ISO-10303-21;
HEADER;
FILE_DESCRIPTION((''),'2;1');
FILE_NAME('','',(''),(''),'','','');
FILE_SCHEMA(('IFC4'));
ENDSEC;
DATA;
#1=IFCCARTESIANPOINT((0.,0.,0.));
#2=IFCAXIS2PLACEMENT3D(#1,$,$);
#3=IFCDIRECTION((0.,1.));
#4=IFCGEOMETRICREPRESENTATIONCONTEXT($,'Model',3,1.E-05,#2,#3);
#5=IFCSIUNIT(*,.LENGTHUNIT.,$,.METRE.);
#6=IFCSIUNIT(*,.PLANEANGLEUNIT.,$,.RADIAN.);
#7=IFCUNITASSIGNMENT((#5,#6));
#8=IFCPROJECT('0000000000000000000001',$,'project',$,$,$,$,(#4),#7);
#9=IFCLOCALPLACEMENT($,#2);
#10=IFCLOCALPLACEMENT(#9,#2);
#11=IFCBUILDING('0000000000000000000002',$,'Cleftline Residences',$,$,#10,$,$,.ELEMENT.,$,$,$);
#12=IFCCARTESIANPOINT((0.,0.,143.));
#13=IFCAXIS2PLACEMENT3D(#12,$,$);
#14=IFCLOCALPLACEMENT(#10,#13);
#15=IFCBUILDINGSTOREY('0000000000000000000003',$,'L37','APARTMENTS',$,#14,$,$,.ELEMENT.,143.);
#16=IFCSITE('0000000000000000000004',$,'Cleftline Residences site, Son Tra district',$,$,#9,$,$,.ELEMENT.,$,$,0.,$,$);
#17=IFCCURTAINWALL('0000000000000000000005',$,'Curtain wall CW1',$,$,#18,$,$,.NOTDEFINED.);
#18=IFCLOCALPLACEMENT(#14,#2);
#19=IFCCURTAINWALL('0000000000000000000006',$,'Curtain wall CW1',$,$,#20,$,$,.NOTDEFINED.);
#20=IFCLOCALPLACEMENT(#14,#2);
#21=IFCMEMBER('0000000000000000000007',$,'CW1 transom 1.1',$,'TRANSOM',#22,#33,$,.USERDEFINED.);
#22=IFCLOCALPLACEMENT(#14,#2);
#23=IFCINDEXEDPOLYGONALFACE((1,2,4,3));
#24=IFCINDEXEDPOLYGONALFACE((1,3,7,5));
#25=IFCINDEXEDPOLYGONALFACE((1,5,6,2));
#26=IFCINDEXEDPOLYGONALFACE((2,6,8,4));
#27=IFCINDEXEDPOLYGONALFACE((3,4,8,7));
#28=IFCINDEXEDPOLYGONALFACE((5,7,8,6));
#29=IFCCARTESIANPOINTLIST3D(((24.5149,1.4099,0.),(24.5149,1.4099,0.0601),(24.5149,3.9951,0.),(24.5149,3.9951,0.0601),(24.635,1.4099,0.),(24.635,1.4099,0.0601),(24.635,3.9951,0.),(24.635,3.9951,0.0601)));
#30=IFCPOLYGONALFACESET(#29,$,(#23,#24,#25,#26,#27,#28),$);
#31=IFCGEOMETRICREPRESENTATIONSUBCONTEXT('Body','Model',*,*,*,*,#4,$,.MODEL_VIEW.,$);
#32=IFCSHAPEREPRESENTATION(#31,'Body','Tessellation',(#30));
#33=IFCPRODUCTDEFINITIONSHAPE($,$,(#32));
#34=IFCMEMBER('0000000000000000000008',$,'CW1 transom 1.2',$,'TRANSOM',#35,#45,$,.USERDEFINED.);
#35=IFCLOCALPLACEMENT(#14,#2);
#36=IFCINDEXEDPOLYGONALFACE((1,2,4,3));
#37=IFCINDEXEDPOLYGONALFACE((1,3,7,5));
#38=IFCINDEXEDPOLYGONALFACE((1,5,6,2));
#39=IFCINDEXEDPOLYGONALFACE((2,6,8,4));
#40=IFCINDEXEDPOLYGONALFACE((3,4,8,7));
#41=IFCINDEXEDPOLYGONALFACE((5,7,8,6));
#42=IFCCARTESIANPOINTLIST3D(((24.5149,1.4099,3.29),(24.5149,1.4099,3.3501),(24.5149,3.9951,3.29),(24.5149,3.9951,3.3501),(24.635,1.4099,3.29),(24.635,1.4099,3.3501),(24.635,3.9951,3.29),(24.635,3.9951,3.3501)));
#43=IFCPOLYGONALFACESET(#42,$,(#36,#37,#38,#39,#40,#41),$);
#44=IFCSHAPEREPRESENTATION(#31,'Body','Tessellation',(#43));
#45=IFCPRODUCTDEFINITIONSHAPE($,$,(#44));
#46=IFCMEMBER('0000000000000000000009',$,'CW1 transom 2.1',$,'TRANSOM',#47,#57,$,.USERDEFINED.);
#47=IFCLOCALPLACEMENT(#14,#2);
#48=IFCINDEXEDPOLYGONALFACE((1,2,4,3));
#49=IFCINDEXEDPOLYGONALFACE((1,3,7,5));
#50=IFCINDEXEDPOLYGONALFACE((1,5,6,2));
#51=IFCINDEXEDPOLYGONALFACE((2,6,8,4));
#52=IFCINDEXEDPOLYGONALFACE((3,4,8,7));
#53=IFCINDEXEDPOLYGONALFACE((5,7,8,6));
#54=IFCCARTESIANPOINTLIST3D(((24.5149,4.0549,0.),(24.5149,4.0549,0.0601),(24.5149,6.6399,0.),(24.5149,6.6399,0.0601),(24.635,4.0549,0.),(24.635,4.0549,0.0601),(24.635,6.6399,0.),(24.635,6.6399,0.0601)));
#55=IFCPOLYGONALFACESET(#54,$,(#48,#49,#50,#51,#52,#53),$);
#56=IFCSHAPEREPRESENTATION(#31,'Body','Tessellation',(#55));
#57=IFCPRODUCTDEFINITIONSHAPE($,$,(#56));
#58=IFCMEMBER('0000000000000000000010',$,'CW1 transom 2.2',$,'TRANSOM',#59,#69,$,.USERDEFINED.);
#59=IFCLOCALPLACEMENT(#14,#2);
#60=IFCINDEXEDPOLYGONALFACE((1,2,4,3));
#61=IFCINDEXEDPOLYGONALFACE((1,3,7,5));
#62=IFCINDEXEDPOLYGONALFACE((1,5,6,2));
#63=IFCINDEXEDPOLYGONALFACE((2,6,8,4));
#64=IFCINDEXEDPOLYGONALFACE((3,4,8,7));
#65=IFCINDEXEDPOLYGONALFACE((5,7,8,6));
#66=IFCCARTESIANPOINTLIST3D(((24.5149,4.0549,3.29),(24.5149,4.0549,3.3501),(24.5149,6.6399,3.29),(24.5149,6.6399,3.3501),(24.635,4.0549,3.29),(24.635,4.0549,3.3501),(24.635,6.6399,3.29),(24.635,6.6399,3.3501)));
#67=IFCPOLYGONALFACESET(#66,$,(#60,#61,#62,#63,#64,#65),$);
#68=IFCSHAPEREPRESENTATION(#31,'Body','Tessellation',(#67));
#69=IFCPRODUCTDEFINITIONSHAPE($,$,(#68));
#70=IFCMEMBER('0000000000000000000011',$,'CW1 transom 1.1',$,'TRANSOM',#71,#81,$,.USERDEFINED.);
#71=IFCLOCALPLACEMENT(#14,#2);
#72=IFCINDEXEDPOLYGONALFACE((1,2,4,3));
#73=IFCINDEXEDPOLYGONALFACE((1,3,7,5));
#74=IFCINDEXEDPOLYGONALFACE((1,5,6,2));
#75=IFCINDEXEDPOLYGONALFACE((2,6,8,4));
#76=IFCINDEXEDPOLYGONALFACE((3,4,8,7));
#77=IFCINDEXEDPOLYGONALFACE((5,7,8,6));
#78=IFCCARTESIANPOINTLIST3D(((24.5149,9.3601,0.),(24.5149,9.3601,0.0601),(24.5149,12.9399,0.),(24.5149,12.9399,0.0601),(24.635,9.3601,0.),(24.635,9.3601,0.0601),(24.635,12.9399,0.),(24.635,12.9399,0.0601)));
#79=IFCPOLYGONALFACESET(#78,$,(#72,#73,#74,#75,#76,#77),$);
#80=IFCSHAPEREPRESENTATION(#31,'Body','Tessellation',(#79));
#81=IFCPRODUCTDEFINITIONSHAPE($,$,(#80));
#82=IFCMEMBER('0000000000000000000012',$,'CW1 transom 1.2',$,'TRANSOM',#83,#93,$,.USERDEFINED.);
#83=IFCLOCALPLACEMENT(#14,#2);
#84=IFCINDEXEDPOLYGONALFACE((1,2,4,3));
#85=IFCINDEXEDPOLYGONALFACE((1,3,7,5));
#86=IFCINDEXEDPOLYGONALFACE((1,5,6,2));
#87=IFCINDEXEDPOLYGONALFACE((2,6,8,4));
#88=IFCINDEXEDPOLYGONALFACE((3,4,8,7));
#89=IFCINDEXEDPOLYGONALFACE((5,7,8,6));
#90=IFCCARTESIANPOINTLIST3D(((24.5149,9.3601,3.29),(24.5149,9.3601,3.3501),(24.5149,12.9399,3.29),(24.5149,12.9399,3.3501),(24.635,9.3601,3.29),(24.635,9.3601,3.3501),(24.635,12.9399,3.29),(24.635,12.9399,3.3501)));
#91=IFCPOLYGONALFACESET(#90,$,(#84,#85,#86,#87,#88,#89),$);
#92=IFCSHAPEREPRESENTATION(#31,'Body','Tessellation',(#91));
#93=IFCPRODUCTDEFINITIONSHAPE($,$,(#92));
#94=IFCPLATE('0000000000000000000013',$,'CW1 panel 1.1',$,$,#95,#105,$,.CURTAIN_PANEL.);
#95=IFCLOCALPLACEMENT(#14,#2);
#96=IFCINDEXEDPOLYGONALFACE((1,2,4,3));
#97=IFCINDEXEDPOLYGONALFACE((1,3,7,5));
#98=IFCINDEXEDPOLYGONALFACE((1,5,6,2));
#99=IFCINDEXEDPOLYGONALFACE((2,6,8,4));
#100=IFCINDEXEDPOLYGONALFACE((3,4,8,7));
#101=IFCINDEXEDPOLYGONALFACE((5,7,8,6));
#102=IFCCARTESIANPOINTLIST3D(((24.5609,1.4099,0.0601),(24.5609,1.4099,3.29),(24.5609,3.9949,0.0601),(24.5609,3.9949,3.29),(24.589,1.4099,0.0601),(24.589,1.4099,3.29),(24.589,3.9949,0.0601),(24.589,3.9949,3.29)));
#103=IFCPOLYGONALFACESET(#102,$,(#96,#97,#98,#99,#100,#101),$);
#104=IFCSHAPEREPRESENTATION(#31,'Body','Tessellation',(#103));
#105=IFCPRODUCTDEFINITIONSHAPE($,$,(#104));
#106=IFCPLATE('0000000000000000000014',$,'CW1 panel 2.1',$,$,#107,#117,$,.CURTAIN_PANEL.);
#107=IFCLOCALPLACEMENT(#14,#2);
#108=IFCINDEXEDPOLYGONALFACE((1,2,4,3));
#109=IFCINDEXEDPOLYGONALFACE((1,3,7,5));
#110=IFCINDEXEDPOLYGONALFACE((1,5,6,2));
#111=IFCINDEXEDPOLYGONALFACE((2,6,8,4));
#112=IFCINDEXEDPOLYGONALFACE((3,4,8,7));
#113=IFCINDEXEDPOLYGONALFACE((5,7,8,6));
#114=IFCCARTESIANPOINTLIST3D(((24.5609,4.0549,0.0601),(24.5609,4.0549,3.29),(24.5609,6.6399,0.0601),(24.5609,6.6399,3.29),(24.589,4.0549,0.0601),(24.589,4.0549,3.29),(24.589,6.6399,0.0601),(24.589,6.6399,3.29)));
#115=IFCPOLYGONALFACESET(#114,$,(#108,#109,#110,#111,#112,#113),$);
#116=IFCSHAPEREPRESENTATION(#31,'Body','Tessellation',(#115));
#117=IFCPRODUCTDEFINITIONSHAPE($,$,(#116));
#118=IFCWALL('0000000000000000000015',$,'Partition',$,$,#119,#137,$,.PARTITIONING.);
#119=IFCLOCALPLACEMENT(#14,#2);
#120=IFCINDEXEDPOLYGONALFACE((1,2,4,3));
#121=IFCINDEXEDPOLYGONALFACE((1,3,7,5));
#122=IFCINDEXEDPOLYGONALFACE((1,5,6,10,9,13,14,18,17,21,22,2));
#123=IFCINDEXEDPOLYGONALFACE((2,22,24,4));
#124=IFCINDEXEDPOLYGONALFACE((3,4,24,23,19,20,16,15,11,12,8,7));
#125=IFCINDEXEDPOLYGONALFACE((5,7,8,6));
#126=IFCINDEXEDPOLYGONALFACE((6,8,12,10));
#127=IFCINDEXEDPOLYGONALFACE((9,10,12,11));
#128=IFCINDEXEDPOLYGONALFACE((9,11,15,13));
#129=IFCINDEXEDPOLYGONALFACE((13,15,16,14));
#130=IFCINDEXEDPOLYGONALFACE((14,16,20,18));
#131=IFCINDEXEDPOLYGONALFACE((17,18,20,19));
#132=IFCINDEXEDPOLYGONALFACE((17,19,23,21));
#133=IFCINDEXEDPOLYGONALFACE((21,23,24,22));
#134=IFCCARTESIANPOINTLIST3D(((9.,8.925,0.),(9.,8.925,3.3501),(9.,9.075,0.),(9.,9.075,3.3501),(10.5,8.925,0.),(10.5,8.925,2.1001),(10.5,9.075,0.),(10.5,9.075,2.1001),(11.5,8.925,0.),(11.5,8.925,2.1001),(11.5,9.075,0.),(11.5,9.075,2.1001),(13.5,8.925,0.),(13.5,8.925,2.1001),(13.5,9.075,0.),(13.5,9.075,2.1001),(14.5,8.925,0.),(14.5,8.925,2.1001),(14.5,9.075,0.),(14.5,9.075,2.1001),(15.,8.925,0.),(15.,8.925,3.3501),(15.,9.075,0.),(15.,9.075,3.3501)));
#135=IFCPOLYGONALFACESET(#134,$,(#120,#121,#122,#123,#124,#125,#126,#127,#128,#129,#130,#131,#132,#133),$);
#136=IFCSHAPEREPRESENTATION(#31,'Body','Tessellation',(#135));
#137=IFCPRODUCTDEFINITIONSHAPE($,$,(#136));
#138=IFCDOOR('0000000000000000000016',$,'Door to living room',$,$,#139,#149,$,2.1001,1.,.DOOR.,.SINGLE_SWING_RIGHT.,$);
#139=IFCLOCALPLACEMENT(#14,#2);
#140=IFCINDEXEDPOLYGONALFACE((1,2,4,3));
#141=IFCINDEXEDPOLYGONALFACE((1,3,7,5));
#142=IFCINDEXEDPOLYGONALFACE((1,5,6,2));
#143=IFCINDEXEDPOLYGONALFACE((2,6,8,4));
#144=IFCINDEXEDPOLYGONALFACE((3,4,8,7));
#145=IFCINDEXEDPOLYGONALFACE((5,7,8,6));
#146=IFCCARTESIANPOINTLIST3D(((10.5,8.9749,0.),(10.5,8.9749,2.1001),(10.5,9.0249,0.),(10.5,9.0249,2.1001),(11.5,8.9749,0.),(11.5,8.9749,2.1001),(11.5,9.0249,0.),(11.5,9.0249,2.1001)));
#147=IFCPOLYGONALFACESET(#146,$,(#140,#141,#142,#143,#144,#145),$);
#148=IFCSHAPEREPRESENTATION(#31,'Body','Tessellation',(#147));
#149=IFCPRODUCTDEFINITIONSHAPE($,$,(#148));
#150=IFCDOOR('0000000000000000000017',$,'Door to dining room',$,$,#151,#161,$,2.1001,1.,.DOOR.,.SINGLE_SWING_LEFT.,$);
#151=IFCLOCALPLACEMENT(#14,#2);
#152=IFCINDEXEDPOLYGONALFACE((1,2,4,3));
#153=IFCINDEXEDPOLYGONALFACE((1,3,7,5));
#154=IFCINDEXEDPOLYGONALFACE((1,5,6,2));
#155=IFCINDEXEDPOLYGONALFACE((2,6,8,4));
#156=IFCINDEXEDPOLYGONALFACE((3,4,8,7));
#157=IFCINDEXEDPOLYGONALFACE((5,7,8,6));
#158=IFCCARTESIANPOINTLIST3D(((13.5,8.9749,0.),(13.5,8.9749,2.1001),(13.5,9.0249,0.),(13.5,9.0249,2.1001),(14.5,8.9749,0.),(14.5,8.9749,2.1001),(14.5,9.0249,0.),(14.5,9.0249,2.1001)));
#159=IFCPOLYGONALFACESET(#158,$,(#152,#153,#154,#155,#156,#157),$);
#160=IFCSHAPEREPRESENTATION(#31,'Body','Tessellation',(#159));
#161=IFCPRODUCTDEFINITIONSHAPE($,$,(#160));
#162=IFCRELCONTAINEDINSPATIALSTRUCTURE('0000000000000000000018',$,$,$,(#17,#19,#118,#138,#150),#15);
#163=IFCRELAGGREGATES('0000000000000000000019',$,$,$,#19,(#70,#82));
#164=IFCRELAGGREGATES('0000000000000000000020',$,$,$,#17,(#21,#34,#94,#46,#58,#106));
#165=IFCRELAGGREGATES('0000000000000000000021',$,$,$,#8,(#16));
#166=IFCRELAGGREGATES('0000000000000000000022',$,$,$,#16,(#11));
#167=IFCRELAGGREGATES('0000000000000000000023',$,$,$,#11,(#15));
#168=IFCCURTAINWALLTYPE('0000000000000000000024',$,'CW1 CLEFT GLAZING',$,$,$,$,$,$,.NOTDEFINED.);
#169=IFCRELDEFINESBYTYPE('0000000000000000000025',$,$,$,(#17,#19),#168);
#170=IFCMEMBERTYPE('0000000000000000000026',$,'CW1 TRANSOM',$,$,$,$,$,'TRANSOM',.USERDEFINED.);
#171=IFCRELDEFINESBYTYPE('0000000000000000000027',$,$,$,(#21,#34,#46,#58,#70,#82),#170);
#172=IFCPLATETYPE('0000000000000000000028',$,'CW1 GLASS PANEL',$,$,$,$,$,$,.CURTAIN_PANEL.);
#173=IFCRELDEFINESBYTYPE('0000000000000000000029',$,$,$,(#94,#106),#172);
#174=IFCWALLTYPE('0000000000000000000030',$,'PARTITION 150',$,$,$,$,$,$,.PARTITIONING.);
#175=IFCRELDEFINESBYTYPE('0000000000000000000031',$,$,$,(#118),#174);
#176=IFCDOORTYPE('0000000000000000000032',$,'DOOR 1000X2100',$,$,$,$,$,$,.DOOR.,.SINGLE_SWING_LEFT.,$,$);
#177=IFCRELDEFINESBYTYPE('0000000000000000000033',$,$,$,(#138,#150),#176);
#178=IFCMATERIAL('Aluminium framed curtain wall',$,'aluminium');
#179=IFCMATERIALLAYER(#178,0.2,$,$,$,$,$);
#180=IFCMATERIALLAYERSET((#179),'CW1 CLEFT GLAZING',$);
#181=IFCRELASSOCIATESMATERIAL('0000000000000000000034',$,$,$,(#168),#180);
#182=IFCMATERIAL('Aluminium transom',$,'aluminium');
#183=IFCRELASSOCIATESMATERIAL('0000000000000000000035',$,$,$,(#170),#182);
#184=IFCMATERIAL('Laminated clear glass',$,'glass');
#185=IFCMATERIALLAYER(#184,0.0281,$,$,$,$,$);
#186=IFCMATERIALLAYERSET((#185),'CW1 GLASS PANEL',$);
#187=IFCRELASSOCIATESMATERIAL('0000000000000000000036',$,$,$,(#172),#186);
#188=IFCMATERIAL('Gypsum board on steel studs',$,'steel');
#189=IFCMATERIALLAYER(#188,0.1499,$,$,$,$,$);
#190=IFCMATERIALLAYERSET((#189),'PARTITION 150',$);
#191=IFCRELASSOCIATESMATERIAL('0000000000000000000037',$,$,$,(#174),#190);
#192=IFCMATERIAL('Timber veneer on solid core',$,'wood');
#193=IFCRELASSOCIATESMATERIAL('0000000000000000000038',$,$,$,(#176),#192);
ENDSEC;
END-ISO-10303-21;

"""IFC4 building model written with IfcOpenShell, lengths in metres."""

from ifc_helpers import new_model, si_unit, direction, frame, frame_2d, origin, origin_2d, place, context, subcontext, project, spatial, rectangle, extrude, material, layer, layer_set, material_profile, profile_set, type_object, element, fill, aggregate, save


model = new_model("IFC4")

# Units and contexts
model_context = context("Model", 3, precision=1e-05, world=origin(), true_north=direction((0.0, 1.0)))
body_context = subcontext(model_context, "Body", "Model", "MODEL_VIEW")
ifc_project = project(units=[si_unit("LENGTHUNIT", "METRE"), si_unit("PLANEANGLEUNIT", "RADIAN")], contexts=[model_context])

# Site, building, storey
site_placement = place(None, origin())
site = spatial("IfcSite", under=ifc_project, at=site_placement, Name="Cleftline Residences site, Son Tra district", CompositionType="ELEMENT", RefElevation=0.0)
building_placement = place(site_placement, origin())
building = spatial("IfcBuilding", under=site, at=building_placement, Name="Cleftline Residences", CompositionType="ELEMENT")
storey_placement = place(building_placement, frame((0.0, 0.0, 143.0)))
storey = spatial("IfcBuildingStorey", under=building, at=storey_placement, Name="L37", Description="APARTMENTS", CompositionType="ELEMENT", Elevation=143.0)

# Curtain wall
ifc_material_1 = material(Name="Aluminium framed curtain wall", Category="aluminium")
ifc_layer_1 = layer(ifc_material_1, 0.2)
ifc_layer_set_1 = layer_set([ifc_layer_1], Name="CW1 CLEFT GLAZING")
curtain_wall_type = type_object("IfcCurtainWallType", Name="CW1 CLEFT GLAZING", PredefinedType="NOTDEFINED", material=ifc_layer_set_1)
curtain_wall_1_placement = place(storey_placement, origin())
curtain_wall_1 = element("IfcCurtainWall", 1, at=curtain_wall_1_placement, inside=storey, type_object=curtain_wall_type, Name="Curtain wall CW1", PredefinedType="NOTDEFINED")

# Curtain wall
curtain_wall_2_placement = place(storey_placement, origin())
curtain_wall_2 = element("IfcCurtainWall", 2, at=curtain_wall_2_placement, inside=storey, type_object=curtain_wall_type, Name="Curtain wall CW1", PredefinedType="NOTDEFINED")

# Members
ifc_material_2 = material(Name="Aluminium transom", Category="aluminium")
ifc_material_profile_1 = material_profile(ifc_material_2, rectangle(XDim=0.1201, YDim=0.0601, at=origin_2d()))
ifc_profile_set_1 = profile_set([ifc_material_profile_1], Name="Aluminium transom")
member_type_1 = type_object("IfcMemberType", Name="CW1 TRANSOM", ElementType="TRANSOM", PredefinedType="USERDEFINED", material=ifc_profile_set_1)
member_1_placement = place(storey_placement, frame((24.575, 1.4099, 0.03), z_axis=(0.0, 1.0, 0.0), x_axis=(-1.0, 0.0, 0.0)))
member_1 = element("IfcMember", 3, at=member_1_placement, type_object=member_type_1, Name="CW1 transom 1.1", ObjectType="TRANSOM", PredefinedType="USERDEFINED", context=body_context, shape_type="SweptSolid", body=[
    extrude(rectangle(XDim=0.1201, YDim=0.0601, at=origin_2d()), origin(), (0.0, 0.0, 1.0), 2.5852),
])
member_2_placement = place(storey_placement, frame((24.575, 1.4099, 3.3201), z_axis=(0.0, 1.0, 0.0), x_axis=(-1.0, 0.0, 0.0)))
member_2 = element("IfcMember", 4, at=member_2_placement, type_object=member_type_1, Name="CW1 transom 1.2", ObjectType="TRANSOM", PredefinedType="USERDEFINED", context=body_context, shape_type="SweptSolid", body=[
    extrude(rectangle(XDim=0.1201, YDim=0.0601, at=origin_2d()), origin(), (0.0, 0.0, 1.0), 2.5852),
])
member_3_placement = place(storey_placement, frame((24.575, 4.0549, 0.03), z_axis=(0.0, 1.0, 0.0), x_axis=(-1.0, 0.0, 0.0)))
member_3 = element("IfcMember", 5, at=member_3_placement, type_object=member_type_1, Name="CW1 transom 2.1", ObjectType="TRANSOM", PredefinedType="USERDEFINED", context=body_context, shape_type="SweptSolid", body=[
    extrude(rectangle(XDim=0.1201, YDim=0.0601, at=origin_2d()), origin(), (0.0, 0.0, 1.0), 2.585),
])
member_4_placement = place(storey_placement, frame((24.575, 4.0549, 3.3201), z_axis=(0.0, 1.0, 0.0), x_axis=(-1.0, 0.0, 0.0)))
member_4 = element("IfcMember", 6, at=member_4_placement, type_object=member_type_1, Name="CW1 transom 2.2", ObjectType="TRANSOM", PredefinedType="USERDEFINED", context=body_context, shape_type="SweptSolid", body=[
    extrude(rectangle(XDim=0.1201, YDim=0.0601, at=origin_2d()), origin(), (0.0, 0.0, 1.0), 2.585),
])
member_5_placement = place(storey_placement, frame((24.575, 9.3601, 0.03), z_axis=(0.0, 1.0, 0.0), x_axis=(-1.0, 0.0, 0.0)))
member_5 = element("IfcMember", 7, at=member_5_placement, type_object=member_type_1, Name="CW1 transom 1.1", ObjectType="TRANSOM", PredefinedType="USERDEFINED", context=body_context, shape_type="SweptSolid", body=[
    extrude(rectangle(XDim=0.1201, YDim=0.0601, at=origin_2d()), origin(), (0.0, 0.0, 1.0), 3.5798),
])
member_6_placement = place(storey_placement, frame((24.575, 9.3601, 3.3201), z_axis=(0.0, 1.0, 0.0), x_axis=(-1.0, 0.0, 0.0)))
member_6 = element("IfcMember", 8, at=member_6_placement, type_object=member_type_1, Name="CW1 transom 1.2", ObjectType="TRANSOM", PredefinedType="USERDEFINED", context=body_context, shape_type="SweptSolid", body=[
    extrude(rectangle(XDim=0.1201, YDim=0.0601, at=origin_2d()), origin(), (0.0, 0.0, 1.0), 3.5798),
])
aggregate(curtain_wall_2, [member_5, member_6])

# Plates
ifc_material_3 = material(Name="Laminated clear glass", Category="glass")
ifc_layer_2 = layer(ifc_material_3, 0.0281)
ifc_layer_set_2 = layer_set([ifc_layer_2], Name="CW1 GLASS PANEL")
plate_type = type_object("IfcPlateType", Name="CW1 GLASS PANEL", PredefinedType="CURTAIN_PANEL", material=ifc_layer_set_2)
plate_1_placement = place(storey_placement, frame((24.575, 2.7024, 0.0601), z_axis=(0.0, 0.0, 1.0), x_axis=(0.0, 1.0, 0.0)))
plate_1 = element("IfcPlate", 9, at=plate_1_placement, type_object=plate_type, Name="CW1 panel 1.1", PredefinedType="CURTAIN_PANEL", context=body_context, shape_type="SweptSolid", body=[
    extrude(rectangle(XDim=2.585, YDim=0.0281, at=origin_2d()), origin(), (0.0, 0.0, 1.0), 3.23),
])
plate_2_placement = place(storey_placement, frame((24.575, 5.3474, 0.0601), z_axis=(0.0, 0.0, 1.0), x_axis=(0.0, 1.0, 0.0)))
plate_2 = element("IfcPlate", 10, at=plate_2_placement, type_object=plate_type, Name="CW1 panel 2.1", PredefinedType="CURTAIN_PANEL", context=body_context, shape_type="SweptSolid", body=[
    extrude(rectangle(XDim=2.585, YDim=0.0281, at=origin_2d()), origin(), (0.0, 0.0, 1.0), 3.23),
])
aggregate(curtain_wall_1, [member_1, member_2, plate_1, member_3, member_4, plate_2])

# Wall, openings, doors
ifc_material_4 = material(Name="Gypsum board on steel studs", Category="steel")
ifc_layer_3 = layer(ifc_material_4, 0.1499)
ifc_layer_set_3 = layer_set([ifc_layer_3], Name="PARTITION 150")
wall_type = type_object("IfcWallType", Name="PARTITION 150", PredefinedType="PARTITIONING", material=ifc_layer_set_3)
wall_1_placement = place(storey_placement, frame((9.0, 9.0, 0.0), z_axis=(0.0, 0.0, 1.0), x_axis=(1.0, 0.0, 0.0)))
wall_1 = element("IfcWall", 11, at=wall_1_placement, inside=storey, type_object=wall_type, Name="Partition", PredefinedType="PARTITIONING", context=body_context, shape_type="SweptSolid", body=[
    extrude(rectangle(XDim=6.0, YDim=0.1499, at=frame_2d((3.0, 0.0))), origin(), (0.0, 0.0, 1.0), 3.3501),
])
opening_1_placement = place(wall_1_placement, frame((1.5, 0.0, 0.0)))
opening_1 = element("IfcOpeningElement", 12, at=opening_1_placement, cuts=wall_1, PredefinedType="OPENING", context=body_context, shape_type="SweptSolid", body=[
    extrude(rectangle(XDim=1.0, YDim=2.1001, at=frame_2d((0.5, 1.05))), frame((0.0, 0.085, 0.0), z_axis=(0.0, -1.0, 0.0), x_axis=(1.0, 0.0, 0.0)), (0.0, 0.0, 1.0), 0.1699),
])
opening_2_placement = place(wall_1_placement, frame((4.5, 0.0, 0.0)))
opening_2 = element("IfcOpeningElement", 13, at=opening_2_placement, cuts=wall_1, PredefinedType="OPENING", context=body_context, shape_type="SweptSolid", body=[
    extrude(rectangle(XDim=1.0, YDim=2.1001, at=frame_2d((0.5, 1.05))), frame((0.0, 0.085, 0.0), z_axis=(0.0, -1.0, 0.0), x_axis=(1.0, 0.0, 0.0)), (0.0, 0.0, 1.0), 0.1699),
])
ifc_material_5 = material(Name="Timber veneer on solid core", Category="wood")
door_type_1 = type_object("IfcDoorType", Name="DOOR 1000X2100", OperationType="SINGLE_SWING_LEFT", PredefinedType="DOOR", material=ifc_material_5)
door_1_placement = place(opening_1_placement, origin())
door_1 = element("IfcDoor", 14, at=door_1_placement, inside=storey, type_object=door_type_1, Name="Door to living room", OperationType="SINGLE_SWING_RIGHT", OverallHeight=2.1001, OverallWidth=1.0, PredefinedType="DOOR", context=body_context, shape_type="SweptSolid", body=[
    extrude(rectangle(XDim=1.0, YDim=2.1001, at=frame_2d((0.5, 1.05))), frame((0.0, 0.0249, 0.0), z_axis=(0.0, -1.0, 0.0), x_axis=(1.0, 0.0, 0.0)), (0.0, 0.0, 1.0), 0.05),
])
fill(opening_1, door_1)
door_2_placement = place(opening_2_placement, origin())
door_2 = element("IfcDoor", 15, at=door_2_placement, inside=storey, type_object=door_type_1, Name="Door to dining room", OperationType="SINGLE_SWING_LEFT", OverallHeight=2.1001, OverallWidth=1.0, PredefinedType="DOOR", context=body_context, shape_type="SweptSolid", body=[
    extrude(rectangle(XDim=1.0, YDim=2.1001, at=frame_2d((0.5, 1.05))), frame((0.0, 0.0249, 0.0), z_axis=(0.0, -1.0, 0.0), x_axis=(1.0, 0.0, 0.0)), (0.0, 0.0, 1.0), 0.05),
])
fill(opening_2, door_2)

save(model, "model.ifc")
